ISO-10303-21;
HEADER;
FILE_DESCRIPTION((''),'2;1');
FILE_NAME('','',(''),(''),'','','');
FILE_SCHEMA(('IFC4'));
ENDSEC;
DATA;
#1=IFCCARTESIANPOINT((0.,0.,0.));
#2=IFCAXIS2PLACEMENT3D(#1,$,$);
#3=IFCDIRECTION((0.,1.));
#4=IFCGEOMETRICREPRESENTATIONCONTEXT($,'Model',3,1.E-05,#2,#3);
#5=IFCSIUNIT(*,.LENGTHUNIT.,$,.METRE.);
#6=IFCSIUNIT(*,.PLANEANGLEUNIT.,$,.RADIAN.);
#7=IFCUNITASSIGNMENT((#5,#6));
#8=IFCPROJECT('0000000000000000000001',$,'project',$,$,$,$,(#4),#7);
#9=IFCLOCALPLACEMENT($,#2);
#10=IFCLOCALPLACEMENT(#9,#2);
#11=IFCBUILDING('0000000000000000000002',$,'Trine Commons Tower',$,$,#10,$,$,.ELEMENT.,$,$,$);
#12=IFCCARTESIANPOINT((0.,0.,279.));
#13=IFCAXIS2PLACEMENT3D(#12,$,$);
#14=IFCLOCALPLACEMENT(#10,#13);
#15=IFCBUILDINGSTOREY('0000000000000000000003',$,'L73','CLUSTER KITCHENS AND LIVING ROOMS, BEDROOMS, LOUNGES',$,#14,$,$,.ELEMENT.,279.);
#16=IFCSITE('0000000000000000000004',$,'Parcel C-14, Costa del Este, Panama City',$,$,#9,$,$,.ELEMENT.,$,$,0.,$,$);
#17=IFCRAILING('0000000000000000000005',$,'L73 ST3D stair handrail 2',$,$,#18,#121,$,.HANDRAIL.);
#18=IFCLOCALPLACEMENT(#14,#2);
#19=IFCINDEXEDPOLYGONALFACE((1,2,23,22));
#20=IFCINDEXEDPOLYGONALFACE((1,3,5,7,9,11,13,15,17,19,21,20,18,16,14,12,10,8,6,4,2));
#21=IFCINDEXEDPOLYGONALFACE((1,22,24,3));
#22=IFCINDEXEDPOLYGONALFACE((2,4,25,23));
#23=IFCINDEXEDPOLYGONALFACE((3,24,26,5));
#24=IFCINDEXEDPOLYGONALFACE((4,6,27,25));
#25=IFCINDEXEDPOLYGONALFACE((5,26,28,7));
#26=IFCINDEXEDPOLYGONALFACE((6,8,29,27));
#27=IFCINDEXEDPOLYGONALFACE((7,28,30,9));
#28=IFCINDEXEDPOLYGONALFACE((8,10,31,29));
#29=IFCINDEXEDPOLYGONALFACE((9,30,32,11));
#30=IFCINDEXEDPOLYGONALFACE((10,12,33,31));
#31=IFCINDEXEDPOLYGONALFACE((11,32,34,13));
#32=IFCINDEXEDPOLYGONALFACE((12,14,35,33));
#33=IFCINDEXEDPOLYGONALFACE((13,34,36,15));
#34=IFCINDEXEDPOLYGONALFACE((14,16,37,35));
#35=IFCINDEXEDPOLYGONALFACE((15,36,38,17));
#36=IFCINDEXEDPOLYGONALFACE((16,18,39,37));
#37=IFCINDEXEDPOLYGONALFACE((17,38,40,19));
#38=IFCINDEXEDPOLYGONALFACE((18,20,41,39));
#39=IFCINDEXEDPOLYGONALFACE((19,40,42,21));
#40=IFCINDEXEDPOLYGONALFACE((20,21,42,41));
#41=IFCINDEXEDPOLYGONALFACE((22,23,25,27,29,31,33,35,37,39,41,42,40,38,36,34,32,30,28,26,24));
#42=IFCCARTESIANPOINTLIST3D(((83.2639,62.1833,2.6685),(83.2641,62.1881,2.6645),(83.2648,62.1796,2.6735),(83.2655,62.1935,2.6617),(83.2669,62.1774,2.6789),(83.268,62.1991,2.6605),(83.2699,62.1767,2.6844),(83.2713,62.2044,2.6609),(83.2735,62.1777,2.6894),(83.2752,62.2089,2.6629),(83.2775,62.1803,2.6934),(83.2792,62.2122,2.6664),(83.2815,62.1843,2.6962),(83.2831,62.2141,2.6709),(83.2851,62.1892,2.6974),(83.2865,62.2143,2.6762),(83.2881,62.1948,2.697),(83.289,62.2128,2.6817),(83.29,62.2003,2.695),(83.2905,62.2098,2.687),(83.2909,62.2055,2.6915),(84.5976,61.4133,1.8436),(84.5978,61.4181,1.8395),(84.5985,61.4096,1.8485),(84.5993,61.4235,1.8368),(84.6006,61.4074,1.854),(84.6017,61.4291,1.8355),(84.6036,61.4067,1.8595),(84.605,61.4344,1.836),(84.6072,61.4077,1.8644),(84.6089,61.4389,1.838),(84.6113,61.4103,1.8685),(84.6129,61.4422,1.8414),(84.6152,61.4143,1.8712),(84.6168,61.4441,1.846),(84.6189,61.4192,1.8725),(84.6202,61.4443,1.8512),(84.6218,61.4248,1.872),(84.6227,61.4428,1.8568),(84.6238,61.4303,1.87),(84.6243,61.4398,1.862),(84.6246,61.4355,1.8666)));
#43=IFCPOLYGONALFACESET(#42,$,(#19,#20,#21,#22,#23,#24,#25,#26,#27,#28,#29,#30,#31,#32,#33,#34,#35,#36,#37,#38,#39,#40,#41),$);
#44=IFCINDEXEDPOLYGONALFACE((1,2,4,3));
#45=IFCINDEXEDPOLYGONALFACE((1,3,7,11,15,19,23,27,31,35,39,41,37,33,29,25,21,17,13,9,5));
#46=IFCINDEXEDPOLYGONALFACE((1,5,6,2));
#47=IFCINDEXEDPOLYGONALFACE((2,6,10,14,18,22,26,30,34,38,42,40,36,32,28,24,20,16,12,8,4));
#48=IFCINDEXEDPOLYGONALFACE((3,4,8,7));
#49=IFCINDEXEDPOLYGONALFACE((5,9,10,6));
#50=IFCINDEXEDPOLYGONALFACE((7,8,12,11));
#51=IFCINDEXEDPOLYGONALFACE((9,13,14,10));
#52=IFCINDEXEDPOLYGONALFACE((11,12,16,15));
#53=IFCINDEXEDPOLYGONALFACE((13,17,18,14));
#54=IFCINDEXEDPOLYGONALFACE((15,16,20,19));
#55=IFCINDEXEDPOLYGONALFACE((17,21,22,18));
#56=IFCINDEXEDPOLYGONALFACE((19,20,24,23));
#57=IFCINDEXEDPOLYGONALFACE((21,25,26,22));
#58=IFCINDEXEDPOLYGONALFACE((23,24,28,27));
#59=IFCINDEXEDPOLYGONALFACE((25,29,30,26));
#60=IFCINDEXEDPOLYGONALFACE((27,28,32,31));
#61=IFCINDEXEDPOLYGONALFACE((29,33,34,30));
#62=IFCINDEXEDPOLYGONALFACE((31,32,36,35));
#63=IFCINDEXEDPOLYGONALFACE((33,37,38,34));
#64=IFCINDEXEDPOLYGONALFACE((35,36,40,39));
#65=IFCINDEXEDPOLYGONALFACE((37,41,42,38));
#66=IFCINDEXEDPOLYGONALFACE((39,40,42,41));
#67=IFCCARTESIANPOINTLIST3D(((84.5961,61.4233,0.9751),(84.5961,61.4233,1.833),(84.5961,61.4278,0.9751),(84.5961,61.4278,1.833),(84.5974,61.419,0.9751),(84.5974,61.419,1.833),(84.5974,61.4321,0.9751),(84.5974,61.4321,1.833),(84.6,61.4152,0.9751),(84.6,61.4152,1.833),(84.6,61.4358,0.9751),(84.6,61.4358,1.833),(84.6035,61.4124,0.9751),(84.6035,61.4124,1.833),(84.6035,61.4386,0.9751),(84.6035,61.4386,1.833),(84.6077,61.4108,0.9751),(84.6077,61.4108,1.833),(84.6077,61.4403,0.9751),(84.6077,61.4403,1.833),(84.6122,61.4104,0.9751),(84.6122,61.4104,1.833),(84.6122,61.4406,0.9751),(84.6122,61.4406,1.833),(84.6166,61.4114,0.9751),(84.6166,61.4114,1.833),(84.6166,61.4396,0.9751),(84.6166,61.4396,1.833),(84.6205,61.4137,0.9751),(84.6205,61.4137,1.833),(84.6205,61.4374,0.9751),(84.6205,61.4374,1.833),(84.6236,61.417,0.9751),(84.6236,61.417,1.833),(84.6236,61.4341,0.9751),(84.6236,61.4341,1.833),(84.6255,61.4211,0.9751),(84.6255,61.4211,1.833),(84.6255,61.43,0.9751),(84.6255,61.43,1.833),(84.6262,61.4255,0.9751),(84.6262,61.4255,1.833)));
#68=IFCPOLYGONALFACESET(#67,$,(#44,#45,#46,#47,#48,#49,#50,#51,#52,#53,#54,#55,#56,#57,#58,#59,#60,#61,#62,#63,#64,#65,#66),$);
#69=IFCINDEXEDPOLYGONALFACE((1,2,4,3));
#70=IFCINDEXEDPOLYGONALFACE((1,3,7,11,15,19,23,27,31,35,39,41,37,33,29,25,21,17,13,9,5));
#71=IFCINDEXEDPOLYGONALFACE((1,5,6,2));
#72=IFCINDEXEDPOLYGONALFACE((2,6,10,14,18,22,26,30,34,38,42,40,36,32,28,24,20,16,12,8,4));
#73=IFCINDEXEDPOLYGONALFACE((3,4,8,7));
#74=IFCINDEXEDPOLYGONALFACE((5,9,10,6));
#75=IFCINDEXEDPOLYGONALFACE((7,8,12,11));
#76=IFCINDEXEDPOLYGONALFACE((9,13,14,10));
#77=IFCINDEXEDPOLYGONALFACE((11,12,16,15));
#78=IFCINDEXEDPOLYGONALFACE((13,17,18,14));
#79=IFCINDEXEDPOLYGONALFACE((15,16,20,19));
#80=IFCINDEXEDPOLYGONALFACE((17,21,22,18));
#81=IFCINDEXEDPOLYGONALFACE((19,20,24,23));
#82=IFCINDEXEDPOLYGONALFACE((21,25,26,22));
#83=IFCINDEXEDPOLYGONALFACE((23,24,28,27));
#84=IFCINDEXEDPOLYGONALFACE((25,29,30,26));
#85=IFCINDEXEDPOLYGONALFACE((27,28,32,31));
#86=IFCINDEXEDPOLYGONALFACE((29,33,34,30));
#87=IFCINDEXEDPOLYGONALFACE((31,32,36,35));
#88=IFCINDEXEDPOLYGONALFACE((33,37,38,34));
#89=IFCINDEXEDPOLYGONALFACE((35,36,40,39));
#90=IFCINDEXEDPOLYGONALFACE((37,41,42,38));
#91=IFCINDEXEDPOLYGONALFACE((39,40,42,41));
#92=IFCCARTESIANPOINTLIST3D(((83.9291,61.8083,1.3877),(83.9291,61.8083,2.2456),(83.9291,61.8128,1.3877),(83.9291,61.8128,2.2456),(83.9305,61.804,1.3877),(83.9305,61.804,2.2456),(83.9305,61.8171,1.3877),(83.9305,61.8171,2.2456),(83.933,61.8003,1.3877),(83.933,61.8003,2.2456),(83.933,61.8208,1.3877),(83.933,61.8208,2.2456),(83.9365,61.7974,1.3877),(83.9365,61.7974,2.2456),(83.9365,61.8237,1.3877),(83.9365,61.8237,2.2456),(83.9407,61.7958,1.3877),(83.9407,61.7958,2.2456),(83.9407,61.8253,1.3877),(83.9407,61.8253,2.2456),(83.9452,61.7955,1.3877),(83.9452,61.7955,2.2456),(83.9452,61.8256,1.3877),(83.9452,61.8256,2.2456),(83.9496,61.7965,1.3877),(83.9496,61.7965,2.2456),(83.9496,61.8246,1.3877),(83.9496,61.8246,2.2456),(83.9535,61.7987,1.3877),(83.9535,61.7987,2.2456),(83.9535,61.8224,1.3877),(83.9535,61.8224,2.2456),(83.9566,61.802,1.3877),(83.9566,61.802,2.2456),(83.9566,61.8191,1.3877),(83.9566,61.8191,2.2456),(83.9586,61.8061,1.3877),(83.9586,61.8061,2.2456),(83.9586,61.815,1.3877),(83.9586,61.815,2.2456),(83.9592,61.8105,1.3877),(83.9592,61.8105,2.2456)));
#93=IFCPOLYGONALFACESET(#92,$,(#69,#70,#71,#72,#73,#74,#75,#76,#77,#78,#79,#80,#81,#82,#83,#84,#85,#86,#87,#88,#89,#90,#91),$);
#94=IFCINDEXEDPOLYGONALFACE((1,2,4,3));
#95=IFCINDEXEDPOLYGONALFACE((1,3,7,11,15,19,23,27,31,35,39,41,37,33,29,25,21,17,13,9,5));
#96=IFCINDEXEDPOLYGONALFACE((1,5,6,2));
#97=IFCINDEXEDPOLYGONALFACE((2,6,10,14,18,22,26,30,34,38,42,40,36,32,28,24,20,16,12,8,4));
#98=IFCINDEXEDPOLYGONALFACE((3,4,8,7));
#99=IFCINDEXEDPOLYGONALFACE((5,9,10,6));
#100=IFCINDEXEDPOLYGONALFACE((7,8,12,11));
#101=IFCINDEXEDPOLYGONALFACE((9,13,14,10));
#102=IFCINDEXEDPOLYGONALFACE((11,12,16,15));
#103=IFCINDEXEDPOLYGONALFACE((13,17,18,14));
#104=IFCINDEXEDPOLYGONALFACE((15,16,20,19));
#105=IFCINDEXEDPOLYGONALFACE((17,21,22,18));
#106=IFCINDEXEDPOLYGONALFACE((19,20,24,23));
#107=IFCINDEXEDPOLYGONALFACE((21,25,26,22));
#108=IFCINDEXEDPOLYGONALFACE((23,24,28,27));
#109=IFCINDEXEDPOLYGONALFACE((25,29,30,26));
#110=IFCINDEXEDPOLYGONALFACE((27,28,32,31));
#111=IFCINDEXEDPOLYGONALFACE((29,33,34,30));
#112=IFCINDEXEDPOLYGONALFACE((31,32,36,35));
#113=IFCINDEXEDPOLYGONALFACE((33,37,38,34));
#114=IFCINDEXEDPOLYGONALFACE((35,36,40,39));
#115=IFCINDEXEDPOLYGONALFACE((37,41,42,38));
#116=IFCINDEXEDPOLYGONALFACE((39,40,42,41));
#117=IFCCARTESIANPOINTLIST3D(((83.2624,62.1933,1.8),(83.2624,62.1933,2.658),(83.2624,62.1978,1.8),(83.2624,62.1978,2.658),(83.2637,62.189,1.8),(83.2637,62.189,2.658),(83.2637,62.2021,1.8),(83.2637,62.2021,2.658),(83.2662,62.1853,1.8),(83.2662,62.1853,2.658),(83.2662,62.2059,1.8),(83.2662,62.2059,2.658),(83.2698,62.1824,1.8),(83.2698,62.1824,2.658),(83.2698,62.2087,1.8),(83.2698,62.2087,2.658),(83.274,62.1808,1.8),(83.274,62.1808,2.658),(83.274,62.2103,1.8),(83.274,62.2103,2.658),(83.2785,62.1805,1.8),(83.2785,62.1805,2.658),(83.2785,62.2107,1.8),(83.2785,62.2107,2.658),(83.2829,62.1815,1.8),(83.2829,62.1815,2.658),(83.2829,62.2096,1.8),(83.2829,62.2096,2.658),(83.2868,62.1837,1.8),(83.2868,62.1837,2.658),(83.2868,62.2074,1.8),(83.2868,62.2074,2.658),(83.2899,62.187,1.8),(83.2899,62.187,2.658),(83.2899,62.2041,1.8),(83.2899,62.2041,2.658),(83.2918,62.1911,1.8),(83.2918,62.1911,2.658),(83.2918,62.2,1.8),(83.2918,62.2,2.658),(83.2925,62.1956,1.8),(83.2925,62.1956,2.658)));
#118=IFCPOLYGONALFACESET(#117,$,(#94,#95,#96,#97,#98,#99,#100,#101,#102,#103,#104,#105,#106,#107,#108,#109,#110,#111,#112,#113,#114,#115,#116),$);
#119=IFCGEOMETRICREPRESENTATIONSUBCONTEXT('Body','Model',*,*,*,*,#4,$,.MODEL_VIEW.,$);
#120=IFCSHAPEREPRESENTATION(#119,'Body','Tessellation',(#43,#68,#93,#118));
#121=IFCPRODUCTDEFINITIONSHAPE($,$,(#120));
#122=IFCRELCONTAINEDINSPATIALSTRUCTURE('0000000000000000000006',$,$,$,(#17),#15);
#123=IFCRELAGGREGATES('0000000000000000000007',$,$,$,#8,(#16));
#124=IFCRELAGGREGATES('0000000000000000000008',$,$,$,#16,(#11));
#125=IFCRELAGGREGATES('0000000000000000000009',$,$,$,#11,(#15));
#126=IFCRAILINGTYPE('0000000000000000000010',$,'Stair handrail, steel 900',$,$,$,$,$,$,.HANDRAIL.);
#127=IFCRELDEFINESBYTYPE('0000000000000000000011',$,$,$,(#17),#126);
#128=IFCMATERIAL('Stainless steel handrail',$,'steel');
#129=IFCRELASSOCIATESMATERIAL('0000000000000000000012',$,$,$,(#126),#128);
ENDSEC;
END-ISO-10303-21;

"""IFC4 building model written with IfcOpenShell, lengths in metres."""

from ifc_helpers import new_model, si_unit, direction, frame, origin, origin_2d, place, context, subcontext, project, spatial, circle, extrude, material, type_object, element, save


model = new_model("IFC4")

# Units and contexts
model_context = context("Model", 3, precision=1e-05, world=origin(), true_north=direction((0.0, 1.0)))
body_context = subcontext(model_context, "Body", "Model", "MODEL_VIEW")
ifc_project = project(units=[si_unit("LENGTHUNIT", "METRE"), si_unit("PLANEANGLEUNIT", "RADIAN")], contexts=[model_context])

# Site, building, storey
site_placement = place(None, origin())
site = spatial("IfcSite", under=ifc_project, at=site_placement, Name="Parcel C-14, Costa del Este, Panama City", CompositionType="ELEMENT", RefElevation=0.0)
building_placement = place(site_placement, origin())
building = spatial("IfcBuilding", under=site, at=building_placement, Name="Trine Commons Tower", CompositionType="ELEMENT")
storey_placement = place(building_placement, frame((0.0, 0.0, 279.0)))
storey = spatial("IfcBuildingStorey", under=building, at=storey_placement, Name="L73", Description="CLUSTER KITCHENS AND LIVING ROOMS, BEDROOMS, LOUNGES", CompositionType="ELEMENT", Elevation=279.0)

# Railing
ifc_material_1 = material(Name="Stainless steel handrail", Category="steel")
railing_type_1 = type_object("IfcRailingType", Name="Stair handrail, steel 900", PredefinedType="HANDRAIL", material=ifc_material_1)
railing_1_placement = place(storey_placement, frame((84.6111, 61.4255, 0.9751)))
element("IfcRailing", 1, at=railing_1_placement, inside=storey, type_object=railing_type_1, Name="L73 ST3D stair handrail 2", PredefinedType="HANDRAIL", context=body_context, shape_type="SweptSolid", body=[
    extrude(circle(Radius=0.021, at=origin_2d()), frame((0.0, 0.0, 0.8789), z_axis=(-0.763405, 0.440743, 0.472185), x_axis=(-0.499992, -0.86603, 0.0)), (0.0, 0.0, 1.0), 1.7471),
    extrude(circle(Radius=0.0151, at=origin_2d()), origin(), (0.0, 0.0, 1.0), 0.8579),
    extrude(circle(Radius=0.0151, at=origin_2d()), frame((-0.667, 0.385, 0.4126)), (0.0, 0.0, 1.0), 0.8579),
    extrude(circle(Radius=0.0151, at=origin_2d()), frame((-1.3337, 0.77, 0.825)), (0.0, 0.0, 1.0), 0.8579),
])

save(model, "model.ifc")
